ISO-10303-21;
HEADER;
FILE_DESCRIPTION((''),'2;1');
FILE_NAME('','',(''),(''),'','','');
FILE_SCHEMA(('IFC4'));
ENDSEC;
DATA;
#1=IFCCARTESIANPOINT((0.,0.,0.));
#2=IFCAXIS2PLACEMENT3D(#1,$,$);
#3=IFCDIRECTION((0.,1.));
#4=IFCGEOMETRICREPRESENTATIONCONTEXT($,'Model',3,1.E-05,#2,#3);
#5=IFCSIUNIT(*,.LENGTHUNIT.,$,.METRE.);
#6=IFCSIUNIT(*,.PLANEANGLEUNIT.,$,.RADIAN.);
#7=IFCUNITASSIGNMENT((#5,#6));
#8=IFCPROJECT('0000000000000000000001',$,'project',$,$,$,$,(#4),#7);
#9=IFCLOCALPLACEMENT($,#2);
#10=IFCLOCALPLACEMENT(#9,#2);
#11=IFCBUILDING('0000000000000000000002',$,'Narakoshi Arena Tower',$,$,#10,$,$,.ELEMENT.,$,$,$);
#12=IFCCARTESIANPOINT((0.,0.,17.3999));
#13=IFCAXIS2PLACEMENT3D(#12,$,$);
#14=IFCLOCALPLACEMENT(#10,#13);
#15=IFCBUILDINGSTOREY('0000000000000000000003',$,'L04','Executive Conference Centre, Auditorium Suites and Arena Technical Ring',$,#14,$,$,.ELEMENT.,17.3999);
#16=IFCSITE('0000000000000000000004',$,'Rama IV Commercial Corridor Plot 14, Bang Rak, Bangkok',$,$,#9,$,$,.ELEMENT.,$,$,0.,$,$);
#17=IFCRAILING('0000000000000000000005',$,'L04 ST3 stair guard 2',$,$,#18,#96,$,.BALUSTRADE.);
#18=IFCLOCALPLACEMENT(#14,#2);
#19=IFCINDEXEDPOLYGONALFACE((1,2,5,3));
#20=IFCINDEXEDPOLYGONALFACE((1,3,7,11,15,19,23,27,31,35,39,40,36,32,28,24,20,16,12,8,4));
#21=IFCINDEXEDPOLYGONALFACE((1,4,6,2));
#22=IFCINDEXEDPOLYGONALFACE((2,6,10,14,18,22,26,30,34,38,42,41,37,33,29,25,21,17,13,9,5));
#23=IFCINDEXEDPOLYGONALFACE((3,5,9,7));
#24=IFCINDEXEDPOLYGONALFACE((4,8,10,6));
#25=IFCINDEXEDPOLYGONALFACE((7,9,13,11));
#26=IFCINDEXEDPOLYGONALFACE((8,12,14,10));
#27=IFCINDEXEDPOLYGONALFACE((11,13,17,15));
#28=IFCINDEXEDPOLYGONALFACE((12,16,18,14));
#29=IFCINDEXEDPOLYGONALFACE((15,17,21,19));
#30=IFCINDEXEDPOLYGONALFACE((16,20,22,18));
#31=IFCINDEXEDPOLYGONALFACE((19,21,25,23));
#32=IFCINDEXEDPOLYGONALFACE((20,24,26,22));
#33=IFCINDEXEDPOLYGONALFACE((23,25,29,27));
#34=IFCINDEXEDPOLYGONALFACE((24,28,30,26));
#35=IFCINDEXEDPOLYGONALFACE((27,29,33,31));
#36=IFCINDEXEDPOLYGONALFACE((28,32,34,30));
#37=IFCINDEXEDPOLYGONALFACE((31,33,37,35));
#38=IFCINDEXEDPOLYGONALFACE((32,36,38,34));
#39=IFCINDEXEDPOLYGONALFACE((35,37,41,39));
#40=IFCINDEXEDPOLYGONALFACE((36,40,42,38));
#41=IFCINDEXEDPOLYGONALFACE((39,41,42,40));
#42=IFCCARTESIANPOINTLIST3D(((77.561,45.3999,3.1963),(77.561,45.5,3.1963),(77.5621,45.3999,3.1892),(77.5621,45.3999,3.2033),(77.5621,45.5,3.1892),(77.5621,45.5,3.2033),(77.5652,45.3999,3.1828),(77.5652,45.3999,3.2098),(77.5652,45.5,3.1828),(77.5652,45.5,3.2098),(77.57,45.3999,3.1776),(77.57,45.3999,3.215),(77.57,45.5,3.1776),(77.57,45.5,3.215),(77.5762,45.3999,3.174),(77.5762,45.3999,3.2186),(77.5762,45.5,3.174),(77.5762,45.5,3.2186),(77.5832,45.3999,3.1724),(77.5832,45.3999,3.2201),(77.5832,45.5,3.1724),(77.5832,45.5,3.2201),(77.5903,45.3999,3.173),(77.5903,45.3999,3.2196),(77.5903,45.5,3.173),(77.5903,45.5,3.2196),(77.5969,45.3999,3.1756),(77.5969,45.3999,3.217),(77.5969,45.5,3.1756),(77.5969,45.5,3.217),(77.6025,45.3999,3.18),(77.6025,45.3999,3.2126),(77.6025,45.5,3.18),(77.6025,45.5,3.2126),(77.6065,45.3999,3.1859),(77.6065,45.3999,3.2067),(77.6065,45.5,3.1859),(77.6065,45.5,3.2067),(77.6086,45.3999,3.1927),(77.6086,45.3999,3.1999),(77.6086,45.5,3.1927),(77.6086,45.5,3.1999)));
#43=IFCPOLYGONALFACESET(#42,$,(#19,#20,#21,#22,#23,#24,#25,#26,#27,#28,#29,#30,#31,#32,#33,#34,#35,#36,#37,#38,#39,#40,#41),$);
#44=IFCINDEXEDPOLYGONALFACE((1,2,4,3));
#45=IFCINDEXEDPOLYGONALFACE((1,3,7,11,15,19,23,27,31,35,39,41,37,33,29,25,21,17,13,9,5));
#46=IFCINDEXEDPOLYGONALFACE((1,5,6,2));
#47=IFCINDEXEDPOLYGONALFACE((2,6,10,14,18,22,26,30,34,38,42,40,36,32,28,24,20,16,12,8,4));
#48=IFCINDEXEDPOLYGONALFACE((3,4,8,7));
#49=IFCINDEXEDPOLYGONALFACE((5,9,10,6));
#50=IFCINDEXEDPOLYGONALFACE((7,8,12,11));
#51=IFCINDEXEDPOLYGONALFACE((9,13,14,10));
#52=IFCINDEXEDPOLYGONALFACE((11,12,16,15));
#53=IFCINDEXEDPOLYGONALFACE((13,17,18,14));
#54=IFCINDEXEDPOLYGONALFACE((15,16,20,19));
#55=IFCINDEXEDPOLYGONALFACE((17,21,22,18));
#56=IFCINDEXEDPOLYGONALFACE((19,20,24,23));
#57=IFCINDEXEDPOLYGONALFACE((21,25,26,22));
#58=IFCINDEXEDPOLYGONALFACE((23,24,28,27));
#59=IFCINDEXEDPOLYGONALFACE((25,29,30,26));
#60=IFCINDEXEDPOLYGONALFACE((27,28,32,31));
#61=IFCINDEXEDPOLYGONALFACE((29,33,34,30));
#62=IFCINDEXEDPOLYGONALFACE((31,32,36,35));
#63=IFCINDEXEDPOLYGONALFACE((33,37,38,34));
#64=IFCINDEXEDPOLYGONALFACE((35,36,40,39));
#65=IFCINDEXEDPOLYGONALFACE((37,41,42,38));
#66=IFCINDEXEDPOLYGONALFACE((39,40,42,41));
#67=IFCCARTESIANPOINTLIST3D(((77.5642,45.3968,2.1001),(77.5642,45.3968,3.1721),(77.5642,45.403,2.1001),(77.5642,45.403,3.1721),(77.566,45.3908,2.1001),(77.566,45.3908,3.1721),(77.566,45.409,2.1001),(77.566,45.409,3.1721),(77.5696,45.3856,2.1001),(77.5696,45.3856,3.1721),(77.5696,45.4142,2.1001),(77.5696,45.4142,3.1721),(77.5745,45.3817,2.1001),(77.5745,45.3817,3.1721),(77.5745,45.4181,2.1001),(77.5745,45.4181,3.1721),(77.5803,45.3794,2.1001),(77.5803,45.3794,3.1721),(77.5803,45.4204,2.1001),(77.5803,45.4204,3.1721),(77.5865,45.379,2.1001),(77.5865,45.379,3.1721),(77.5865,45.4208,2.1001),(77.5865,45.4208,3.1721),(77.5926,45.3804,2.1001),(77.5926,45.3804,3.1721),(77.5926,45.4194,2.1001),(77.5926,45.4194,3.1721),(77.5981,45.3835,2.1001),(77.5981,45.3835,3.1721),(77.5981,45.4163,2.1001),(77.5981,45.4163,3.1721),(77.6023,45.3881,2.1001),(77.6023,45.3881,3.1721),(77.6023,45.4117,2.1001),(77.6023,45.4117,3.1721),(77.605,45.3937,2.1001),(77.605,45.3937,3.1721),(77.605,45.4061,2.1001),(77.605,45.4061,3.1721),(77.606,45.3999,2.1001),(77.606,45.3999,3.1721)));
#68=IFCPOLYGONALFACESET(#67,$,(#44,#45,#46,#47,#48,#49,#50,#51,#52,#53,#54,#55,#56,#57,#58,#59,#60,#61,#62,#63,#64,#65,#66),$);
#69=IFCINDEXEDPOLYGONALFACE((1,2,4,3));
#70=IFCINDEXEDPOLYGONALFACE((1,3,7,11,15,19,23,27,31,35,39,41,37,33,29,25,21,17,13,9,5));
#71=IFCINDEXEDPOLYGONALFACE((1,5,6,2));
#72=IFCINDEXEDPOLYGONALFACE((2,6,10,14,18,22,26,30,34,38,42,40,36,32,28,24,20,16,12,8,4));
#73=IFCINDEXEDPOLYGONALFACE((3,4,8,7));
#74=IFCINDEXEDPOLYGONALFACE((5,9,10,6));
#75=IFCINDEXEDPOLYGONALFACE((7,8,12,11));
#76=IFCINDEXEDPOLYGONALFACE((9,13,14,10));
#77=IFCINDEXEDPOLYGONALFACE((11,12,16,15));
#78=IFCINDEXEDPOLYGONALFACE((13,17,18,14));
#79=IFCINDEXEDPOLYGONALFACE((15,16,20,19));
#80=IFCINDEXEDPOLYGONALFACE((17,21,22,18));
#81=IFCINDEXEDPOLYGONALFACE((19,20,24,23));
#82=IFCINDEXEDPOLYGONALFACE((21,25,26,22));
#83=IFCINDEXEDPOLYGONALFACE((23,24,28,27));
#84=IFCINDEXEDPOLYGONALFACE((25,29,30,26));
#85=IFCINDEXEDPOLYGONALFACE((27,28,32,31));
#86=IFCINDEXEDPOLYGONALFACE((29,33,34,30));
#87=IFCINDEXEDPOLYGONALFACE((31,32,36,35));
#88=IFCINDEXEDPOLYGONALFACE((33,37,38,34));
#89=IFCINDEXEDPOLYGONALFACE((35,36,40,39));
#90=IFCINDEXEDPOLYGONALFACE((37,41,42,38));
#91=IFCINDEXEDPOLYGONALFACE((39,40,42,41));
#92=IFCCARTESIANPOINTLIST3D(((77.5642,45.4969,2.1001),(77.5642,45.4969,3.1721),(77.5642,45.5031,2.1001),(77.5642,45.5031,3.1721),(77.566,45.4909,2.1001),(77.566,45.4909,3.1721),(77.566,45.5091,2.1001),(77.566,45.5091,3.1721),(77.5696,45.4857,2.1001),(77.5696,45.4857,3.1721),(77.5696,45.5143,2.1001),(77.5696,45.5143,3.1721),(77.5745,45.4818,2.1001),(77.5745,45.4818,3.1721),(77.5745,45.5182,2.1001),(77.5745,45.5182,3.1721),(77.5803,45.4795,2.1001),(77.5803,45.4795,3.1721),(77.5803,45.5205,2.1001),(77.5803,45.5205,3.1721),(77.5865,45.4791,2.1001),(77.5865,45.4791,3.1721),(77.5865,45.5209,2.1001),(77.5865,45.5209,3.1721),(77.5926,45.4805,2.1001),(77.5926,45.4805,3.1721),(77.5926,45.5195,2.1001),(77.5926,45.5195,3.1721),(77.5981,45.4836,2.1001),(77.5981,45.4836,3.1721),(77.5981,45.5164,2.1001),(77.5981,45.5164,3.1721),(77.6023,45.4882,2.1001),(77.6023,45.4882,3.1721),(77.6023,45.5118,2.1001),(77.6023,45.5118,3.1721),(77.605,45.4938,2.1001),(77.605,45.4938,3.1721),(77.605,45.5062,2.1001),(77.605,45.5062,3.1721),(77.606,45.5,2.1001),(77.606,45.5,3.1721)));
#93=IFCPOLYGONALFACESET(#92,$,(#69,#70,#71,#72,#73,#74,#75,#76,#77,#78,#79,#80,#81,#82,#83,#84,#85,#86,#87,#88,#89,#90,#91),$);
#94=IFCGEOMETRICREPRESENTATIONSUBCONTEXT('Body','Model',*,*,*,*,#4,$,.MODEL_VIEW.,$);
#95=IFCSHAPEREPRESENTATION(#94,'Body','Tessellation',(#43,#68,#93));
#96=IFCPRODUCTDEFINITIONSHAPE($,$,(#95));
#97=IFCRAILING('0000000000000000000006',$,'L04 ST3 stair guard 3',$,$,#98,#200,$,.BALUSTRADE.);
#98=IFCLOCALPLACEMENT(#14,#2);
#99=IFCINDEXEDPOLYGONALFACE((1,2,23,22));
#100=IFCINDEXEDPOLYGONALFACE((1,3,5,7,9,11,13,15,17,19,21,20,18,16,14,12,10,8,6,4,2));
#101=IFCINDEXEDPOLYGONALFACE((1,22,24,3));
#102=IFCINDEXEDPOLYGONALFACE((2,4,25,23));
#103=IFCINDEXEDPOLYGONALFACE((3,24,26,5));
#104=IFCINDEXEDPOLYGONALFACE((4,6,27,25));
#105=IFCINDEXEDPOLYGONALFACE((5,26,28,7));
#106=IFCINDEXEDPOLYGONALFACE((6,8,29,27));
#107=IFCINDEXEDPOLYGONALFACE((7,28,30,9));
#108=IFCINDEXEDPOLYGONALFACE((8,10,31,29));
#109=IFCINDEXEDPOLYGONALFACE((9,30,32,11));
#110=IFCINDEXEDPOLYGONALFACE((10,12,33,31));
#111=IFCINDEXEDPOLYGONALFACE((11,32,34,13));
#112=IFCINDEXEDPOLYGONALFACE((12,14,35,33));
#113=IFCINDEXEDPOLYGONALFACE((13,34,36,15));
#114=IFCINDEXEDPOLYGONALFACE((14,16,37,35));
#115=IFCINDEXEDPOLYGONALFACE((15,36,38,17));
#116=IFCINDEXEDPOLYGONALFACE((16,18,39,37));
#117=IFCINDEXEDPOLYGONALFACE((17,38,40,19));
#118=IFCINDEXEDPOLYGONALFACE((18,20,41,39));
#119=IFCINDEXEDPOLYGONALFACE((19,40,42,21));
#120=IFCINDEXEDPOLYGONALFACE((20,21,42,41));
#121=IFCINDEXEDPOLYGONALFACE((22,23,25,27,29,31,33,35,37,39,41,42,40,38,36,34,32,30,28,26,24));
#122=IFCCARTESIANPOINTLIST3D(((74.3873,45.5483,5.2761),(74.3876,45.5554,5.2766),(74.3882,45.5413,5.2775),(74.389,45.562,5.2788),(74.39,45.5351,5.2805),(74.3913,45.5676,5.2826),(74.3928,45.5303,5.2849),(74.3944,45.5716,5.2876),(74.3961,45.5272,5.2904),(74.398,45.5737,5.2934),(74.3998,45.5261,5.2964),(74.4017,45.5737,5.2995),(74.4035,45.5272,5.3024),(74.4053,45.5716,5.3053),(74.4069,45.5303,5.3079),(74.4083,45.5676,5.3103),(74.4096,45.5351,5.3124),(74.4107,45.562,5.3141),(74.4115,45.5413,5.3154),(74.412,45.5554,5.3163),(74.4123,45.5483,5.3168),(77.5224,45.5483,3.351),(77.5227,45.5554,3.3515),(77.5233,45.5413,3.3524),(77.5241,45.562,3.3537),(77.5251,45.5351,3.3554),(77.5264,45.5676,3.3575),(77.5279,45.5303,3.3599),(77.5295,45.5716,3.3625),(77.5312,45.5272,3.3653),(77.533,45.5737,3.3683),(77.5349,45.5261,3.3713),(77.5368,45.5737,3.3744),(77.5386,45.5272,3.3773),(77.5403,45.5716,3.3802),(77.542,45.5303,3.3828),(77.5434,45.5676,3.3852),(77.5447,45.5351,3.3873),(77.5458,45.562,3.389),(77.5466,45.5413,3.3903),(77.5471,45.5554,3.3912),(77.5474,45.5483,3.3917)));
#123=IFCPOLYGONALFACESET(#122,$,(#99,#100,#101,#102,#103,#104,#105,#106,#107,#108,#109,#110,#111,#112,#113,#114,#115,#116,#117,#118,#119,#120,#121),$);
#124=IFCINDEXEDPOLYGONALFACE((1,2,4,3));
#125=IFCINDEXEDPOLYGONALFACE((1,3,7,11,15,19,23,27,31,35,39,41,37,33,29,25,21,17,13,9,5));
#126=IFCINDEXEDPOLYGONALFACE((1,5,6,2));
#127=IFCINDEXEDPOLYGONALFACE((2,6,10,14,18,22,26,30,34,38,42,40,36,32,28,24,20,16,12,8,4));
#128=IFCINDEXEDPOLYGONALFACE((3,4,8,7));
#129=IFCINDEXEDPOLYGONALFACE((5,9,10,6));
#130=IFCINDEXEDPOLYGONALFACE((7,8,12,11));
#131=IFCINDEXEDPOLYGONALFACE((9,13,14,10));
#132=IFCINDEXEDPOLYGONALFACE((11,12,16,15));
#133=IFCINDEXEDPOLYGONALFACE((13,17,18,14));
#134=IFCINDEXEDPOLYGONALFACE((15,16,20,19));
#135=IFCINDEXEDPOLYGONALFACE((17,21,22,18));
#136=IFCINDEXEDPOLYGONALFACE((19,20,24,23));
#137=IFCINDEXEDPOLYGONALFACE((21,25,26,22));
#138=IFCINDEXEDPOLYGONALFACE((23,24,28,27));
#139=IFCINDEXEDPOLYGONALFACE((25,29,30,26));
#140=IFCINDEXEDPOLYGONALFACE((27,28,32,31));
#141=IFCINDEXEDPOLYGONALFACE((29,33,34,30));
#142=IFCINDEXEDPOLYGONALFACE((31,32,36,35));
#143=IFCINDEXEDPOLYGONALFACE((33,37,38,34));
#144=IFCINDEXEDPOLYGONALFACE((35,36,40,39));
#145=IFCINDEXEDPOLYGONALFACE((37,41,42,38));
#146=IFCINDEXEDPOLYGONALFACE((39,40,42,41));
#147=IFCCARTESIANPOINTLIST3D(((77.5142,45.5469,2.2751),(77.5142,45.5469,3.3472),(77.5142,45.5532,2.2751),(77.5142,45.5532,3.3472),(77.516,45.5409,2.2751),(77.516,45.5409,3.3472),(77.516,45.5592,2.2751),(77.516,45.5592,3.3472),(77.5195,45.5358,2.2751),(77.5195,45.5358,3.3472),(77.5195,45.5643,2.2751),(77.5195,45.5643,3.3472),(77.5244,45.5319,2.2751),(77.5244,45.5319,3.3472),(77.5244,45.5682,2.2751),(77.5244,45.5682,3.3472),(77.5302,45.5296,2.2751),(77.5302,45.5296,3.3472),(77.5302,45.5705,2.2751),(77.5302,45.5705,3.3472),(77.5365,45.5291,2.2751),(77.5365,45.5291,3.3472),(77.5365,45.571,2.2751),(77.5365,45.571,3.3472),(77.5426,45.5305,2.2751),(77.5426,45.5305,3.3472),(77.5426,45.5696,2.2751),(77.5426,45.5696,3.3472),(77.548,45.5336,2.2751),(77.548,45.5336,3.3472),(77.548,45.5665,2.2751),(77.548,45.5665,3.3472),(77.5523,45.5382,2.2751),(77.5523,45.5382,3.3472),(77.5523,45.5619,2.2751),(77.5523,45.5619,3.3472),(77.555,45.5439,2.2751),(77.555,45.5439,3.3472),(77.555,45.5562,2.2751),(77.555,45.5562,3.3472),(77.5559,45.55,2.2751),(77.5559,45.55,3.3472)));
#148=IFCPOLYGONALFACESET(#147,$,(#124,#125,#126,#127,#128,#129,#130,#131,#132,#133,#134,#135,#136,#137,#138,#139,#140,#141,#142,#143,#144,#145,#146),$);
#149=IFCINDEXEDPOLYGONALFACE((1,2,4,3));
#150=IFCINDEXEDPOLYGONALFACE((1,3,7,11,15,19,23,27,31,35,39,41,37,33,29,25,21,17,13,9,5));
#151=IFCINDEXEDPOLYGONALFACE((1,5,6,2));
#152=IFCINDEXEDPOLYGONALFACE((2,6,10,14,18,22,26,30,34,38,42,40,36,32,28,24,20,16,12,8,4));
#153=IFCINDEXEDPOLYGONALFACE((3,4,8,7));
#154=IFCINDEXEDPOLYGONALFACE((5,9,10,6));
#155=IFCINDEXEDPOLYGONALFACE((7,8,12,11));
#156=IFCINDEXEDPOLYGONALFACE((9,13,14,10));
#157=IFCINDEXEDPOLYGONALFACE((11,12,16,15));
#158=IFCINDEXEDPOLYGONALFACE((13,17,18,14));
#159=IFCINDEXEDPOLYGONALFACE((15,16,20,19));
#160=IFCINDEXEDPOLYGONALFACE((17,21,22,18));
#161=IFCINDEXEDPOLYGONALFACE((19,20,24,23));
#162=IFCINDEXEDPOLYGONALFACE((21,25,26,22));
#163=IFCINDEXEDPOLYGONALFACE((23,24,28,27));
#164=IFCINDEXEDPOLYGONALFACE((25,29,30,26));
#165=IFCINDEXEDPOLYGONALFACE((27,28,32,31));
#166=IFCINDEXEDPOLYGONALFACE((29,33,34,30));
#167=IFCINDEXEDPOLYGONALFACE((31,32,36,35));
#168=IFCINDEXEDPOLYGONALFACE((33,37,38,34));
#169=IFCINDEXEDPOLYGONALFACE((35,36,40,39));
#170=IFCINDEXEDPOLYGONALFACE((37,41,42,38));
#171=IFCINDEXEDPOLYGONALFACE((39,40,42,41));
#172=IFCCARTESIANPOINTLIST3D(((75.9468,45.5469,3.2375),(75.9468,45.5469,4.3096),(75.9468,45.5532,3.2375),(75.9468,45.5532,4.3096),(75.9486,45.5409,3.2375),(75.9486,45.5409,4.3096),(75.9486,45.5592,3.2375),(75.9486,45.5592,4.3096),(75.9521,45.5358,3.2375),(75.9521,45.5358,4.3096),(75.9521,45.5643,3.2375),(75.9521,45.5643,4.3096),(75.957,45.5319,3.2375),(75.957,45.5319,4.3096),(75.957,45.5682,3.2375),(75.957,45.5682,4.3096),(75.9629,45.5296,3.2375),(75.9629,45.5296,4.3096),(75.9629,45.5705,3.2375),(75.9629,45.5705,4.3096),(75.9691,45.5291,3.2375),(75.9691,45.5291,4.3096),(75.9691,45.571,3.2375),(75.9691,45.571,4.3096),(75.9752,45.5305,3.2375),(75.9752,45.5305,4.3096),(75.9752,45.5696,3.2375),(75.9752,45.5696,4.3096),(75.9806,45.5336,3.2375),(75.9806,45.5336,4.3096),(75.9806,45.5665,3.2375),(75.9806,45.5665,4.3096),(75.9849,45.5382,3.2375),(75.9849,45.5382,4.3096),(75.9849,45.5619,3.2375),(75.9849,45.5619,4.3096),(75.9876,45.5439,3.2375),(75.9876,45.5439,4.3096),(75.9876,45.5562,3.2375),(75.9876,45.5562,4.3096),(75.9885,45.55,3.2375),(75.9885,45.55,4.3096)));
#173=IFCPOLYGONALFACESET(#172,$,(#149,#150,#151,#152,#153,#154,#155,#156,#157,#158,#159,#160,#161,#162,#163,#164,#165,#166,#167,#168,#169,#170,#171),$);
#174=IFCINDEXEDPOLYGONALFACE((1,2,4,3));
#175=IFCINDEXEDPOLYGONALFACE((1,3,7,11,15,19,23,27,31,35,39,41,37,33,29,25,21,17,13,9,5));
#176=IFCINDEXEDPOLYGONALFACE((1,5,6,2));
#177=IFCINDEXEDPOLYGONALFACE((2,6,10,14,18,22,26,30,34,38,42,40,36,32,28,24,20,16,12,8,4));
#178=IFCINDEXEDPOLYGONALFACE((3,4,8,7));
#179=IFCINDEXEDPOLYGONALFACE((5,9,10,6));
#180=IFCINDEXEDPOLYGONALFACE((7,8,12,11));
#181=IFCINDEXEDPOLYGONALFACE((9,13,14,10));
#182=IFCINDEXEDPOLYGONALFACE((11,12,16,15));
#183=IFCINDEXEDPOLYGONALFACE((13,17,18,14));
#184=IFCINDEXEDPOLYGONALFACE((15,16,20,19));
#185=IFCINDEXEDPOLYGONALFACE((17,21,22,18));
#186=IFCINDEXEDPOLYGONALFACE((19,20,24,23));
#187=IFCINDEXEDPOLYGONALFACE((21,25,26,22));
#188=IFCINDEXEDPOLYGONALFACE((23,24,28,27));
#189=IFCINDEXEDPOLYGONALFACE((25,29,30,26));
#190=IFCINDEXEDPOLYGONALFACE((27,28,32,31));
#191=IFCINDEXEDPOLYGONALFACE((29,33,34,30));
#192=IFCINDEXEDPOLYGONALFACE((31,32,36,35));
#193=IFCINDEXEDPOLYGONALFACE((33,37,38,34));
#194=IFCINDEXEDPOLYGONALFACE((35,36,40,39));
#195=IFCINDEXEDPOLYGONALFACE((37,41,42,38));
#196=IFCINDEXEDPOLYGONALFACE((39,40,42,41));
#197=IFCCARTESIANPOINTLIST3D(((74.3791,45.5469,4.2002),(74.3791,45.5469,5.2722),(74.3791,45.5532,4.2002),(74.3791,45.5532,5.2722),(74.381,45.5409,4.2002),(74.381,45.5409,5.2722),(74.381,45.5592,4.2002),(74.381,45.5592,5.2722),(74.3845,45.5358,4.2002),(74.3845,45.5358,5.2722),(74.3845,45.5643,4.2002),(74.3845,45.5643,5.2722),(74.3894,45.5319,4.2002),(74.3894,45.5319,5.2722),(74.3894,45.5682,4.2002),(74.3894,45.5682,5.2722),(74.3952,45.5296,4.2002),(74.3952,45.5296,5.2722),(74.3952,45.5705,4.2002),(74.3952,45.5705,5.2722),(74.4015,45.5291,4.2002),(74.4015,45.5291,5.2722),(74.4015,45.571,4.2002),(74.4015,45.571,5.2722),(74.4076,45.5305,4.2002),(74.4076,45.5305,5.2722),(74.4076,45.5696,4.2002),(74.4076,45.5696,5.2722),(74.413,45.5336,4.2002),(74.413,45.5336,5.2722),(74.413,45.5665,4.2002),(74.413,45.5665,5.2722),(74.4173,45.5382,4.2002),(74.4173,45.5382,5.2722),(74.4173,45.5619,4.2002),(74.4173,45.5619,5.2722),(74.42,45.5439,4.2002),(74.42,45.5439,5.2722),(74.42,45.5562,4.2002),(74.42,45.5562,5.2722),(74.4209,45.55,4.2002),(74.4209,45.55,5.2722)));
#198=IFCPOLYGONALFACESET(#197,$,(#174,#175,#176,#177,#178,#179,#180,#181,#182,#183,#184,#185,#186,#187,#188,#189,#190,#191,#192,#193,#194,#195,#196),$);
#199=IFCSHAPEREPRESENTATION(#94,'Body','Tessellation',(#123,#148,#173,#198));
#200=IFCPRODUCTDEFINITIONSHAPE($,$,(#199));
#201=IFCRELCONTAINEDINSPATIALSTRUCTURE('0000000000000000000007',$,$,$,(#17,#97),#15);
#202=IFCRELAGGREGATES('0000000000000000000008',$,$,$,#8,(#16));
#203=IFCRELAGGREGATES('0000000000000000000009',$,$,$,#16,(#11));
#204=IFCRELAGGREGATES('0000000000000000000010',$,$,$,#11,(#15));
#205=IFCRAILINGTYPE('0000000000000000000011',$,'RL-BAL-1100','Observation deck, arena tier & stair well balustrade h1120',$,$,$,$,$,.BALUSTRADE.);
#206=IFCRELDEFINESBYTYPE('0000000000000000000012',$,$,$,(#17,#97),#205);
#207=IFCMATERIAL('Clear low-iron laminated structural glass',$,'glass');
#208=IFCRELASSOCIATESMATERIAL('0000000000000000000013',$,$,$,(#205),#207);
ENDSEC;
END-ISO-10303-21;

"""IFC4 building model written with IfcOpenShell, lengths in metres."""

from ifc_helpers import new_model, si_unit, direction, frame, origin, origin_2d, place, context, subcontext, project, spatial, circle, extrude, material, type_object, element, save


model = new_model("IFC4")

# Units and contexts
model_context = context("Model", 3, precision=1e-05, world=origin(), true_north=direction((0.0, 1.0)))
body_context = subcontext(model_context, "Body", "Model", "MODEL_VIEW")
ifc_project = project(units=[si_unit("LENGTHUNIT", "METRE"), si_unit("PLANEANGLEUNIT", "RADIAN")], contexts=[model_context])

# Site, building, storey
site_placement = place(None, origin())
site = spatial("IfcSite", under=ifc_project, at=site_placement, Name="Rama IV Commercial Corridor Plot 14, Bang Rak, Bangkok", CompositionType="ELEMENT", RefElevation=0.0)
building_placement = place(site_placement, origin())
building = spatial("IfcBuilding", under=site, at=building_placement, Name="Narakoshi Arena Tower", CompositionType="ELEMENT")
storey_placement = place(building_placement, frame((0.0, 0.0, 17.3999)))
storey = spatial("IfcBuildingStorey", under=building, at=storey_placement, Name="L04", Description="Executive Conference Centre, Auditorium Suites and Arena Technical Ring", CompositionType="ELEMENT", Elevation=17.3999)

# Railings
ifc_material_1 = material(Name="Clear low-iron laminated structural glass", Category="glass")
railing_type_1 = type_object("IfcRailingType", Name="RL-BAL-1100", Description="Observation deck, arena tier & stair well balustrade h1120", PredefinedType="BALUSTRADE", material=ifc_material_1)
railing_1_placement = place(storey_placement, frame((77.585, 45.3999, 2.1001)))
element("IfcRailing", 1, at=railing_1_placement, inside=storey, type_object=railing_type_1, Name="L04 ST3 stair guard 2", PredefinedType="BALUSTRADE", context=body_context, shape_type="SweptSolid", body=[
    extrude(circle(Radius=0.0239, at=origin_2d()), frame((0.0, 0.0, 1.0962), z_axis=(0.0, 1.0, 0.0), x_axis=(-1.0, 0.0, 0.0)), (0.0, 0.0, 1.0), 0.1001),
    extrude(circle(Radius=0.021, at=origin_2d()), origin(), (0.0, 0.0, 1.0), 1.072),
    extrude(circle(Radius=0.021, at=origin_2d()), frame((0.0, 0.1001, 0.0)), (0.0, 0.0, 1.0), 1.072),
])
railing_2_placement = place(storey_placement, frame((77.5349, 45.55, 2.2751)))
element("IfcRailing", 2, at=railing_2_placement, inside=storey, type_object=railing_type_1, Name="L04 ST3 stair guard 3", PredefinedType="BALUSTRADE", context=body_context, shape_type="SweptSolid", body=[
    extrude(circle(Radius=0.0239, at=origin_2d()), frame((0.0, 0.0, 1.0962), z_axis=(-0.852166, 0.0, 0.523271), x_axis=(0.0, -1.0, 0.0)), (0.0, 0.0, 1.0), 3.679),
    extrude(circle(Radius=0.021, at=origin_2d()), origin(), (0.0, 0.0, 1.0), 1.072),
    extrude(circle(Radius=0.021, at=origin_2d()), frame((-1.5674, 0.0, 0.9624)), (0.0, 0.0, 1.0), 1.072),
    extrude(circle(Radius=0.021, at=origin_2d()), frame((-3.135, 0.0, 1.925)), (0.0, 0.0, 1.0), 1.072),
])

save(model, "model.ifc")
